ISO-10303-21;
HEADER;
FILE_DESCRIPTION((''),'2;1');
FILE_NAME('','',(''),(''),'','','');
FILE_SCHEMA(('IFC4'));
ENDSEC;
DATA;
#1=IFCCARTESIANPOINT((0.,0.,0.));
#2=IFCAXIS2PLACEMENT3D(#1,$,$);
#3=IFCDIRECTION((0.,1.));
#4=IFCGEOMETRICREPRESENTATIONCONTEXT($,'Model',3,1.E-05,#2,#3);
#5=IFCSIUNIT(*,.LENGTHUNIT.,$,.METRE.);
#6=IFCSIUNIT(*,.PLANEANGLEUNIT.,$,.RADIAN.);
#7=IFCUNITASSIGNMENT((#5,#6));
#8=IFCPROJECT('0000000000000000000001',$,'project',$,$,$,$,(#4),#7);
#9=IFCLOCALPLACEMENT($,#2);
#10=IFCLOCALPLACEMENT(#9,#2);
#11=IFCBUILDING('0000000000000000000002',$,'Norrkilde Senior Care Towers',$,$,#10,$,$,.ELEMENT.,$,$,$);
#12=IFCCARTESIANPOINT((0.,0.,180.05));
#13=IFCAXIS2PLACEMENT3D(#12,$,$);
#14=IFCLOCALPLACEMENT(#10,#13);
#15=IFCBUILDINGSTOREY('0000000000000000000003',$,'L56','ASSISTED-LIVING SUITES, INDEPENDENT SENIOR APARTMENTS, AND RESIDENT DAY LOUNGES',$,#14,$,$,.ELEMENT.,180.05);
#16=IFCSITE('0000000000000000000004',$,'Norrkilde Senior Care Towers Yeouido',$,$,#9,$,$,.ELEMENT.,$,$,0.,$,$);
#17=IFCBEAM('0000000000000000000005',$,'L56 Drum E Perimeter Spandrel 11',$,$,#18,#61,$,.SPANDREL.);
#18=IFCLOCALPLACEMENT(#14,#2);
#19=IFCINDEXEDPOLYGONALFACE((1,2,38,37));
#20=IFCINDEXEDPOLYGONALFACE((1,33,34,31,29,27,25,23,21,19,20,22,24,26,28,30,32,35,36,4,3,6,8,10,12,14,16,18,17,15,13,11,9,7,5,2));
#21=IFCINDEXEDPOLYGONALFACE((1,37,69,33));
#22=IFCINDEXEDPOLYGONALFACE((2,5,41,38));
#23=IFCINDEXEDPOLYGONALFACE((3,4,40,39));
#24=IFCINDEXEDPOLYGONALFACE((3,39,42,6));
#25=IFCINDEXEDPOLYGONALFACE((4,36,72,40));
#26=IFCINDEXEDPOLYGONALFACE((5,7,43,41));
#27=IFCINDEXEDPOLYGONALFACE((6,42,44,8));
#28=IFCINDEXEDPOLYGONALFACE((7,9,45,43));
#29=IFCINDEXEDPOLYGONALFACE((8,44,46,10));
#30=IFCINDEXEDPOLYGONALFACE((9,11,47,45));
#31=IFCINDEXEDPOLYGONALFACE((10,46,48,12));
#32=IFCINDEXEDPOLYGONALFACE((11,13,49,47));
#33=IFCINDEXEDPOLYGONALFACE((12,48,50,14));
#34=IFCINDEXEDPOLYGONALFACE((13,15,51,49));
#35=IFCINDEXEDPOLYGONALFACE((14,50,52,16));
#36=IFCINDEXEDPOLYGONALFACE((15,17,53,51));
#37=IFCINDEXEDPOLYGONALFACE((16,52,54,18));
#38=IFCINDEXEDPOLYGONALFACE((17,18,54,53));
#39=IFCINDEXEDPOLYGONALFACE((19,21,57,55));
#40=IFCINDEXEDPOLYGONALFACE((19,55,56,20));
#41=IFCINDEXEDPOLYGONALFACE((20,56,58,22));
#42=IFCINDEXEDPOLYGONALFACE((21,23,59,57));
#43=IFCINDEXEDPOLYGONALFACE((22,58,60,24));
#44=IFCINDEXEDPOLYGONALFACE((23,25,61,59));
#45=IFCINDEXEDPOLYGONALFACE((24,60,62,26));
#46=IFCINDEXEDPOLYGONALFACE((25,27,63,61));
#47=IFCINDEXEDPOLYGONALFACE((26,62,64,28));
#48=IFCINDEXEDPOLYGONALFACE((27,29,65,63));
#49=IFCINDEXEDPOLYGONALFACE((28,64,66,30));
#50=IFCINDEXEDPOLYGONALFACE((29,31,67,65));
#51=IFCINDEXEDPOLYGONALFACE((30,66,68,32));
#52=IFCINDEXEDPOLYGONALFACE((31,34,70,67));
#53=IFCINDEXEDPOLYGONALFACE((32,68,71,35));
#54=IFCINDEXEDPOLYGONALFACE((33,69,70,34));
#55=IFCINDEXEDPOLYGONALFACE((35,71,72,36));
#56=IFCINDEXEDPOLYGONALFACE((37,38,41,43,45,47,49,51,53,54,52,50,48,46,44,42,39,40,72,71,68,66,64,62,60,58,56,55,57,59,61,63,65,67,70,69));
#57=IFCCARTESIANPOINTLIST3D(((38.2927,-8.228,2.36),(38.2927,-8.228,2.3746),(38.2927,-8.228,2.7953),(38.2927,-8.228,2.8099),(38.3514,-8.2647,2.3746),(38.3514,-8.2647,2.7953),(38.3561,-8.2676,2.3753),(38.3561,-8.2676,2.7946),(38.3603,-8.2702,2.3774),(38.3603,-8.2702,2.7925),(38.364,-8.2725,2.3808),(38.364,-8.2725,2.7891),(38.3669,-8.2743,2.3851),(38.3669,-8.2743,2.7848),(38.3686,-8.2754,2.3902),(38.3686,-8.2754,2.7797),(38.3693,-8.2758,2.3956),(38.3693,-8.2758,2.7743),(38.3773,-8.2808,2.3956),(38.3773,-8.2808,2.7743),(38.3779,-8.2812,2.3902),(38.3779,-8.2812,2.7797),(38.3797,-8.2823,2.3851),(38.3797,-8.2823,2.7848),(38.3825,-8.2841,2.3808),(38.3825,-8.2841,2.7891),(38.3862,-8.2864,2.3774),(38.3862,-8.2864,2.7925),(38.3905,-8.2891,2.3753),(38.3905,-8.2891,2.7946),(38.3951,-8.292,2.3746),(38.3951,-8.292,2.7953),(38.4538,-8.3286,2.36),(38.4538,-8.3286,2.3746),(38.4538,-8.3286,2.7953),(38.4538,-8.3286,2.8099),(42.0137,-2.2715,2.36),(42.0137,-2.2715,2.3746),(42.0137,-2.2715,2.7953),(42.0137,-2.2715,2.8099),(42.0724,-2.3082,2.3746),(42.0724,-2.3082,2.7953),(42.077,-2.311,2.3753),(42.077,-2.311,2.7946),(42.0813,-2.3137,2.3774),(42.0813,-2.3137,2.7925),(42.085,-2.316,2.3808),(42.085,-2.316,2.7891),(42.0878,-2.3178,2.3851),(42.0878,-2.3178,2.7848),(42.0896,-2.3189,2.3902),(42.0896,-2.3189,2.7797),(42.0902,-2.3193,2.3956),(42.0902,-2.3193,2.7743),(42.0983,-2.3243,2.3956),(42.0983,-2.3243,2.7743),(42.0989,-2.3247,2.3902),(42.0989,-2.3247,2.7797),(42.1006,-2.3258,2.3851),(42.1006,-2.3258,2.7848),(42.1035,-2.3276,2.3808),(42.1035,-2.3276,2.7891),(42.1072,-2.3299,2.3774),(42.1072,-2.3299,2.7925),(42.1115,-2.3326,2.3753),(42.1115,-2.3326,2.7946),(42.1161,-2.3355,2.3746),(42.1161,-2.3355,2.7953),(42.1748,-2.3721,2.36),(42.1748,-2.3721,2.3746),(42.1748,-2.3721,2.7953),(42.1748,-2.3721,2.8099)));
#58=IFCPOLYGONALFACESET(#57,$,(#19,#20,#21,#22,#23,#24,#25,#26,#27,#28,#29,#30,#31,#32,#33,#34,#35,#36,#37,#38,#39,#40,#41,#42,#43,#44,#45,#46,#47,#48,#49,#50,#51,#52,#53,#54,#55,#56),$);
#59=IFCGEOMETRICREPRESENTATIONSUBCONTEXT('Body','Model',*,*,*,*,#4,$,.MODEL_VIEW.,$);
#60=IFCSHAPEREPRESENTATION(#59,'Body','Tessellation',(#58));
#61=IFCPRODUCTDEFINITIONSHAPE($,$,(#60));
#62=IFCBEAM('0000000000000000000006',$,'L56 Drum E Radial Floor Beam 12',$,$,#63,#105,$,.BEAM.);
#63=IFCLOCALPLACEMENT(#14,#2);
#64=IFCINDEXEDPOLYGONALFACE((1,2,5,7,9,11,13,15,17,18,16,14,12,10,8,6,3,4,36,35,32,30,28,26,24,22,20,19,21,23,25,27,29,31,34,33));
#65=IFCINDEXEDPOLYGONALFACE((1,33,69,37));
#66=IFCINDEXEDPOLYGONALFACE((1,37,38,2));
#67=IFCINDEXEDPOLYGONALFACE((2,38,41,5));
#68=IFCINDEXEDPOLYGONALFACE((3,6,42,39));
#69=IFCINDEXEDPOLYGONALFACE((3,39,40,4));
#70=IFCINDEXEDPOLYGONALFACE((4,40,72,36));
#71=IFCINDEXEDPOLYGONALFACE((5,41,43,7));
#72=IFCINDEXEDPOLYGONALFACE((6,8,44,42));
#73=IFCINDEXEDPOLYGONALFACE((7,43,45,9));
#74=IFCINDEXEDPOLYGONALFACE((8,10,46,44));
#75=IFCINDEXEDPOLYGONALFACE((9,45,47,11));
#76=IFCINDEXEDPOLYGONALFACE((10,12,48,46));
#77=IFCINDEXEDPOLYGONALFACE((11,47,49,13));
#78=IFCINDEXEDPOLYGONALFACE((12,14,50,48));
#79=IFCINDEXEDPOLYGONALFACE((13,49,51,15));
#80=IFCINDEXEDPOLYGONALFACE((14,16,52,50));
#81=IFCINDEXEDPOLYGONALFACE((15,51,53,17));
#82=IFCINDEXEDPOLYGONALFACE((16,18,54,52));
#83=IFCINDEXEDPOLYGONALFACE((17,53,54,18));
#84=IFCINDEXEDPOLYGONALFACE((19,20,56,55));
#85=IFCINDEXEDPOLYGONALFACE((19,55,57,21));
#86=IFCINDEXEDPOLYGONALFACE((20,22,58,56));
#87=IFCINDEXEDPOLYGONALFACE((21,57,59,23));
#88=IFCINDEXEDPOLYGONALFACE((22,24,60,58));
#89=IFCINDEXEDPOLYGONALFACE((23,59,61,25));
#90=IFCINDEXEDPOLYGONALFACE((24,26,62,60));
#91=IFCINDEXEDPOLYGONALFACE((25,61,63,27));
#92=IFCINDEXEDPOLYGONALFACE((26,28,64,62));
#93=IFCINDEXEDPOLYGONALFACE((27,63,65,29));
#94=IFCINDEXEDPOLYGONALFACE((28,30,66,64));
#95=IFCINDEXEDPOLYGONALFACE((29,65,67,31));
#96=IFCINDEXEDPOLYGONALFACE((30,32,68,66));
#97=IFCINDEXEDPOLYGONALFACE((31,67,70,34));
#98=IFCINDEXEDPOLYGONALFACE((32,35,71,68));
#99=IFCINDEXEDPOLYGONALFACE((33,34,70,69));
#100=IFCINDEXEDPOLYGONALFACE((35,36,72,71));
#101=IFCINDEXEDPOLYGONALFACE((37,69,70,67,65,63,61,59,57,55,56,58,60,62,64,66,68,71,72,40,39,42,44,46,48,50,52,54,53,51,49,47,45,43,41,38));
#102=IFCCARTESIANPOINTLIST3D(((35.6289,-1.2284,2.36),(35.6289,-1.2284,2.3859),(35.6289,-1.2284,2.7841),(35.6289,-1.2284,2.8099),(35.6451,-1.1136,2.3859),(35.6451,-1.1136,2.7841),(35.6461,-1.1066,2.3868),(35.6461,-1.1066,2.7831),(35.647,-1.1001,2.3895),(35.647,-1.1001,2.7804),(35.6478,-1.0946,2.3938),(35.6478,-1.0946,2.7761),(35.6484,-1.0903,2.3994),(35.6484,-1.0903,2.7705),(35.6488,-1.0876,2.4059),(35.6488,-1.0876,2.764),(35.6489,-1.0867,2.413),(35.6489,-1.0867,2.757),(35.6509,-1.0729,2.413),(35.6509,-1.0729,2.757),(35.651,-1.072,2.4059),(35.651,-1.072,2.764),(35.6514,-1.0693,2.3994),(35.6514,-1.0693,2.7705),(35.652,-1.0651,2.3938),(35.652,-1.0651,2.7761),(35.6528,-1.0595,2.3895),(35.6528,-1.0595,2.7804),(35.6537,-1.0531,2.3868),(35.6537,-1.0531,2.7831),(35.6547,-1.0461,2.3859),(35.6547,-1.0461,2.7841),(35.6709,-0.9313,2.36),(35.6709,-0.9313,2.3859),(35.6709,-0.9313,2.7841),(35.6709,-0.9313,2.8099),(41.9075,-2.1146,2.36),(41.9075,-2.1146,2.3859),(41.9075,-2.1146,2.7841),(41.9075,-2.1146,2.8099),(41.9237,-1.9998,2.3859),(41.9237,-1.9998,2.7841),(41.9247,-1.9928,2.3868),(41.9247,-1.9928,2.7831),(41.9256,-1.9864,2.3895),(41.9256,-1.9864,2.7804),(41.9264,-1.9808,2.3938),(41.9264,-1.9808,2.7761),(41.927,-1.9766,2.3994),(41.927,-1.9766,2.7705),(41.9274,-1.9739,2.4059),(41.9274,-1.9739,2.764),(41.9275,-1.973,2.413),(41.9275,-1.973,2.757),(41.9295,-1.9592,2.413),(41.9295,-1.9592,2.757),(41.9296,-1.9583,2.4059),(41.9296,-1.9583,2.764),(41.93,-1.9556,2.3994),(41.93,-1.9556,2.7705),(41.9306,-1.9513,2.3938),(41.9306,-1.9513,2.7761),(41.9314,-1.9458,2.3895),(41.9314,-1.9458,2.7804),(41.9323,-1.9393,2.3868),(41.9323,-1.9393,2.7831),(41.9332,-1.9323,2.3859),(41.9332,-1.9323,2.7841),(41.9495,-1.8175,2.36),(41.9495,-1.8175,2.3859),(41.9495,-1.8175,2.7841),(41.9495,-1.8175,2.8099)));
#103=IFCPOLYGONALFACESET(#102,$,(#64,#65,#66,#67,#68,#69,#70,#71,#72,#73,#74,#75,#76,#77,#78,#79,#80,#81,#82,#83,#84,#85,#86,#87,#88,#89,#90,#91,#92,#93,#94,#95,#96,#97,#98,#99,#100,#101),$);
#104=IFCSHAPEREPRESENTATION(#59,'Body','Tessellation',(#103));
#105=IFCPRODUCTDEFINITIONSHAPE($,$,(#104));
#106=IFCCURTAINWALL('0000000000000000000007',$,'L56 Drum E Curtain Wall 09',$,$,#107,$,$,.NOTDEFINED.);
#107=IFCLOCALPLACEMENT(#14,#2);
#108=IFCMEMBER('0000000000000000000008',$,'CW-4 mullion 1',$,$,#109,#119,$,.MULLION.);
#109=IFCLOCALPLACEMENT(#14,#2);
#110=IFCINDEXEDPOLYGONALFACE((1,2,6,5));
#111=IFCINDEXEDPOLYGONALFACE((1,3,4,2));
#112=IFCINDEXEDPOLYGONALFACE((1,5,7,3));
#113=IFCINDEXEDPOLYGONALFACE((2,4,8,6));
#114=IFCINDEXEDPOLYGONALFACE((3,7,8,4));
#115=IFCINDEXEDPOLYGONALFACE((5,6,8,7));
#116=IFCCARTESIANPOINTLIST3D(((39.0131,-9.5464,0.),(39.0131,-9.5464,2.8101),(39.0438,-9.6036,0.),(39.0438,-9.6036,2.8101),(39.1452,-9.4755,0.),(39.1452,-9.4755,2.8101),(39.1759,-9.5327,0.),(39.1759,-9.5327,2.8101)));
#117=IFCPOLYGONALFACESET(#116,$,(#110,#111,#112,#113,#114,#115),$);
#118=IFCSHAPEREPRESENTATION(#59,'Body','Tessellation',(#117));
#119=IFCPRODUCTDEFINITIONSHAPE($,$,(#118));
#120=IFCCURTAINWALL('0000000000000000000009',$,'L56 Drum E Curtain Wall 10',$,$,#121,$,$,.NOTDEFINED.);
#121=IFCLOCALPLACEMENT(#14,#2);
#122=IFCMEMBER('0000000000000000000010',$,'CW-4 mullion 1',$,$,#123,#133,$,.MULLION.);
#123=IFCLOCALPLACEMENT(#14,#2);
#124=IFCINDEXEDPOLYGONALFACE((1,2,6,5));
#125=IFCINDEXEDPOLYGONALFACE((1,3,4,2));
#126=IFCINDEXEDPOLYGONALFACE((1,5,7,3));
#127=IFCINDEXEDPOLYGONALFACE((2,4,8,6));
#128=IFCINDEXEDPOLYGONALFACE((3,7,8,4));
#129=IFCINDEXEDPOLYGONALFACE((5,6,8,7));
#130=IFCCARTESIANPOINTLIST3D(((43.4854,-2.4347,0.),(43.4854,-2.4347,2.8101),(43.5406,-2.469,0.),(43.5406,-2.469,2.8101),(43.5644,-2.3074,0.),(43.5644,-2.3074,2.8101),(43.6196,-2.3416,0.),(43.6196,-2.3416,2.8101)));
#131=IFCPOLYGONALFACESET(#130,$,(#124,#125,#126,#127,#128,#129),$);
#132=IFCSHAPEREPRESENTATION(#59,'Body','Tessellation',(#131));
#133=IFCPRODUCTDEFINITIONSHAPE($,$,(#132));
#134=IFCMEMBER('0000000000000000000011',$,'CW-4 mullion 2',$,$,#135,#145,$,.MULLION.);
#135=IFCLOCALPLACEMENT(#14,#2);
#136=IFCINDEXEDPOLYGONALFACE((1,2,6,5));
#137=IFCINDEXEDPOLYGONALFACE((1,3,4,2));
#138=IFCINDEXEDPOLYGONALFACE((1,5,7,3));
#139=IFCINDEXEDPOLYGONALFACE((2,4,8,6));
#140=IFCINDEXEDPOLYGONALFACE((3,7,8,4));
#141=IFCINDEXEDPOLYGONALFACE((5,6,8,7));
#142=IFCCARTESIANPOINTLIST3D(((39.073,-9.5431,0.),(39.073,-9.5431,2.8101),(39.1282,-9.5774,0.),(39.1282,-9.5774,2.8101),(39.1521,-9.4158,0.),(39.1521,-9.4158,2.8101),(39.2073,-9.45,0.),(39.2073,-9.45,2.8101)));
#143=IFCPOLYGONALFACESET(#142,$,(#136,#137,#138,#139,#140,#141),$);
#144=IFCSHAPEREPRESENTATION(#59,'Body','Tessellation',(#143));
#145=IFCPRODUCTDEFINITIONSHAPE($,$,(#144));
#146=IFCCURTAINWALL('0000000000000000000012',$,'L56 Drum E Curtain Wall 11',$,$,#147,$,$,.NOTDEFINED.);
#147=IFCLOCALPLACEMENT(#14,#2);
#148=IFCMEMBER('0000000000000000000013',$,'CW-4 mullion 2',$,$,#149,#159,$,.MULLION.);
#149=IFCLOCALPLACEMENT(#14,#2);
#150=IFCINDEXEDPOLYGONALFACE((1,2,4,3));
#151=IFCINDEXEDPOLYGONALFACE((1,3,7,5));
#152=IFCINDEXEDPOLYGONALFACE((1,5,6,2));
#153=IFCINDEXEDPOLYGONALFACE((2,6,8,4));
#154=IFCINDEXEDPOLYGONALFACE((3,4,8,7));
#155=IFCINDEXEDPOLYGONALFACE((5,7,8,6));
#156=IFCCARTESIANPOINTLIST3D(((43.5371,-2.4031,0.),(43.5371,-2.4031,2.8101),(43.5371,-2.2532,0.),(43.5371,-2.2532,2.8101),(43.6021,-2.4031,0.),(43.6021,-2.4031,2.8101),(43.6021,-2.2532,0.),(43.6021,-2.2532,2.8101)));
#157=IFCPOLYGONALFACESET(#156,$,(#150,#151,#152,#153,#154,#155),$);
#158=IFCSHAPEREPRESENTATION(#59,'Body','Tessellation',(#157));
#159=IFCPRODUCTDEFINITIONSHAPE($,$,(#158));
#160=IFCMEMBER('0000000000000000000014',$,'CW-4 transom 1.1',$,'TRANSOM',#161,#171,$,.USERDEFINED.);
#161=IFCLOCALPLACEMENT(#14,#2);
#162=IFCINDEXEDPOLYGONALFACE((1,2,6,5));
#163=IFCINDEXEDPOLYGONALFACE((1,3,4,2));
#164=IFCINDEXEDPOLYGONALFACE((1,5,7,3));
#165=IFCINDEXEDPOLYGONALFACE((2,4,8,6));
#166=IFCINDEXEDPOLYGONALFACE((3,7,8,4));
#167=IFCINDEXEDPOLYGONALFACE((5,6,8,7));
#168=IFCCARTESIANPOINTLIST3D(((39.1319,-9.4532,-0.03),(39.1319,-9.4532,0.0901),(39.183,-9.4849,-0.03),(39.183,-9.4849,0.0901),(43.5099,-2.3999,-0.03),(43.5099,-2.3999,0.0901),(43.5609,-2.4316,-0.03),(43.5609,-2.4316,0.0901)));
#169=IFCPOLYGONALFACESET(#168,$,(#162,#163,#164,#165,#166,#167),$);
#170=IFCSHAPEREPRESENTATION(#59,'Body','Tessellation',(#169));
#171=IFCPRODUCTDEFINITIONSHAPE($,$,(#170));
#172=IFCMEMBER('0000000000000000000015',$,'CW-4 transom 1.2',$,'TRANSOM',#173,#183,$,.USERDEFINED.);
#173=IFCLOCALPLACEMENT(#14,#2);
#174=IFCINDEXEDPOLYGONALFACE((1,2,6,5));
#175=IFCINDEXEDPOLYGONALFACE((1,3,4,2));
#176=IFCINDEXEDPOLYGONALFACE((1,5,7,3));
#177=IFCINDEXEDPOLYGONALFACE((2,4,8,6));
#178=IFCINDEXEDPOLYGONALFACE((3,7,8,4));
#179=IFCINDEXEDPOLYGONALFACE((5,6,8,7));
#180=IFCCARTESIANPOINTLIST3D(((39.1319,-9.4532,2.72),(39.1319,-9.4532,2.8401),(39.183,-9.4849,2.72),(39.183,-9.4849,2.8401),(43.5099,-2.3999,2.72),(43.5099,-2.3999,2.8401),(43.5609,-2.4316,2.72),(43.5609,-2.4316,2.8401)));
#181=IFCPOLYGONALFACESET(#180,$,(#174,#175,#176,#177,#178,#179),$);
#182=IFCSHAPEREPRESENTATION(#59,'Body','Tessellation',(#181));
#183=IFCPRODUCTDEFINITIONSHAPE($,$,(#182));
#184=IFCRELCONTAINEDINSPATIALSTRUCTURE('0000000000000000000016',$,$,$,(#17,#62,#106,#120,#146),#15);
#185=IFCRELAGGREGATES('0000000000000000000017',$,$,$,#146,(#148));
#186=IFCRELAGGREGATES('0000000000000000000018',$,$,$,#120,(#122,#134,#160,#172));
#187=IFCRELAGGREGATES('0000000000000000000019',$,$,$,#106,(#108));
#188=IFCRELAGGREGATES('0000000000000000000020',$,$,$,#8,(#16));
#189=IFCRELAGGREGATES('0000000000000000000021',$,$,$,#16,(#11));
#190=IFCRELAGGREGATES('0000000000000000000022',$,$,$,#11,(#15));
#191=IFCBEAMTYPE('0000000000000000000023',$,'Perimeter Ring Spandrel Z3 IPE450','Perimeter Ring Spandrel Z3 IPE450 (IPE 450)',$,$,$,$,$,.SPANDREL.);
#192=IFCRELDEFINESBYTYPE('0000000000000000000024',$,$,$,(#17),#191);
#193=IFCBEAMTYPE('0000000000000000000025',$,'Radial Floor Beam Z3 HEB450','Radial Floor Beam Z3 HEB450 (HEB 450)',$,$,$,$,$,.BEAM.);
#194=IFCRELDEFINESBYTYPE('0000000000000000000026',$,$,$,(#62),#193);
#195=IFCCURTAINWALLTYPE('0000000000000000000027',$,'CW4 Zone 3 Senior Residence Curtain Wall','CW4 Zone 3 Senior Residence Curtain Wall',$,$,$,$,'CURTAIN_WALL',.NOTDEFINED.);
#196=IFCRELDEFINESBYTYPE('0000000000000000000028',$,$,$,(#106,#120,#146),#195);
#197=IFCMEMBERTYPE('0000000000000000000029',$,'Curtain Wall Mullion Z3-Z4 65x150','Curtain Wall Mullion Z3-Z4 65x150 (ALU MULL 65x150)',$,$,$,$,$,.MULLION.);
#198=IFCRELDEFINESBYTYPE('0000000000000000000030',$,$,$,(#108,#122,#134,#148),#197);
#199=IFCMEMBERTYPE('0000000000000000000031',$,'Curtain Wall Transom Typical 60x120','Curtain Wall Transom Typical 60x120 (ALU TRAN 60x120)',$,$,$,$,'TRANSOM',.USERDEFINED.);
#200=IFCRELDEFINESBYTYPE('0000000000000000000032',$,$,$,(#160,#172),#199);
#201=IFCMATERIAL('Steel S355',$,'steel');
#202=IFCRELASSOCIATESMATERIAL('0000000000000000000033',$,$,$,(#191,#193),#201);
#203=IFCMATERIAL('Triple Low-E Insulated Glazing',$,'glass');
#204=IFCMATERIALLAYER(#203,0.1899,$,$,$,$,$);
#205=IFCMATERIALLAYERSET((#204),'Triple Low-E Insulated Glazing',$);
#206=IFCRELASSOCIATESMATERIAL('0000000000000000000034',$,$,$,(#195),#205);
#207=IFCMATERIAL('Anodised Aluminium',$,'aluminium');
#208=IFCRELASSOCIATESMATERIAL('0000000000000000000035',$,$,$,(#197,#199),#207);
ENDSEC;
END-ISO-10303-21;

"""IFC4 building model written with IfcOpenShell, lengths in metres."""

from ifc_helpers import new_model, si_unit, direction, frame, origin, origin_2d, place, context, subcontext, project, spatial, rectangle, i_section, extrude, source, transform, mapped, material, layer, layer_set, material_profile, profile_set, type_object, type_shapes, element, aggregate, save


model = new_model("IFC4")

# Units and contexts
model_context = context("Model", 3, precision=1e-05, world=origin(), true_north=direction((0.0, 1.0)))
body_context = subcontext(model_context, "Body", "Model", "MODEL_VIEW")
ifc_project = project(units=[si_unit("LENGTHUNIT", "METRE"), si_unit("PLANEANGLEUNIT", "RADIAN")], contexts=[model_context])

# Site, building, storey
site_placement = place(None, origin())
site = spatial("IfcSite", under=ifc_project, at=site_placement, Name="Norrkilde Senior Care Towers Yeouido", CompositionType="ELEMENT", RefElevation=0.0)
building_placement = place(site_placement, origin())
building = spatial("IfcBuilding", under=site, at=building_placement, Name="Norrkilde Senior Care Towers", CompositionType="ELEMENT")
storey_placement = place(building_placement, frame((0.0, 0.0, 180.05)))
storey = spatial("IfcBuildingStorey", under=building, at=storey_placement, Name="L56", Description="ASSISTED-LIVING SUITES, INDEPENDENT SENIOR APARTMENTS, AND RESIDENT DAY LOUNGES", CompositionType="ELEMENT", Elevation=180.05)

# Beams
ifc_material_1 = material(Name="Steel S355", Category="steel")
ifc_material_profile_1 = material_profile(ifc_material_1, i_section(OverallWidth=0.1899, OverallDepth=0.45, WebThickness=0.0095, FlangeThickness=0.0146, FilletRadius=0.021, at=origin_2d()), Name="IPE 450")
ifc_profile_set_1 = profile_set([ifc_material_profile_1], Name="Steel S355")
beam_type_1 = type_object("IfcBeamType", Name="Perimeter Ring Spandrel Z3 IPE450", Description="Perimeter Ring Spandrel Z3 IPE450 (IPE 450)", PredefinedType="SPANDREL", material=ifc_profile_set_1)
shared_shape_1 = source(origin(), body_context, "Body", "SweptSolid", [
    extrude(i_section(OverallWidth=0.1899, OverallDepth=0.45, WebThickness=0.0095, FlangeThickness=0.0146, FilletRadius=0.021, at=origin_2d()), origin(), (0.0, 0.0, 1.0), 7.0232),
])
beam_1_placement = place(storey_placement, frame((38.3733, -8.2783, 2.585), z_axis=(0.529805, 0.848119, 0.0), x_axis=(-0.848119, 0.529805, 0.0)))
element("IfcBeam", 1, at=beam_1_placement, inside=storey, type_object=beam_type_1, Name="L56 Drum E Perimeter Spandrel 11", PredefinedType="SPANDREL", context=body_context, shape_type="MappedRepresentation", body=[
    mapped(shared_shape_1, transform((0.0, 0.0, 0.0), x_axis=(1.0, 0.0, 0.0), y_axis=(0.0, 1.0, 0.0), z_axis=(0.0, 0.0, 1.0), scale=1.0)),
])
ifc_material_profile_2 = material_profile(ifc_material_1, i_section(OverallWidth=0.3, OverallDepth=0.45, WebThickness=0.0139, FlangeThickness=0.0259, FilletRadius=0.0271, at=origin_2d()), Name="HEB 450")
ifc_profile_set_2 = profile_set([ifc_material_profile_2], Name="Steel S355")
beam_type_2 = type_object("IfcBeamType", Name="Radial Floor Beam Z3 HEB450", Description="Radial Floor Beam Z3 HEB450 (HEB 450)", PredefinedType="BEAM", material=ifc_profile_set_2)
shared_shape_2 = source(origin(), body_context, "Body", "SweptSolid", [
    extrude(i_section(OverallWidth=0.3, OverallDepth=0.45, WebThickness=0.0139, FlangeThickness=0.0259, FilletRadius=0.0271, at=origin_2d()), origin(), (0.0, 0.0, 1.0), 6.3408),
])
type_shapes(beam_type_2, [shared_shape_2])
beam_2_placement = place(storey_placement, frame((35.6499, -1.0798, 2.585), z_axis=(0.990185, -0.139766, 0.0), x_axis=(0.139766, 0.990185, 0.0)))
element("IfcBeam", 2, at=beam_2_placement, inside=storey, type_object=beam_type_2, Name="L56 Drum E Radial Floor Beam 12", PredefinedType="BEAM", context=body_context, shape_type="MappedRepresentation", body=[
    mapped(shared_shape_2, transform((0.0, 0.0, 0.0), x_axis=(1.0, 0.0, 0.0), y_axis=(0.0, 1.0, 0.0), z_axis=(0.0, 0.0, 1.0), scale=1.0)),
])

# Curtain wall, member
ifc_material_2 = material(Name="Triple Low-E Insulated Glazing", Category="glass")
ifc_layer_1 = layer(ifc_material_2, 0.1899)
ifc_layer_set_1 = layer_set([ifc_layer_1], Name="Triple Low-E Insulated Glazing")
curtain_wall_type = type_object("IfcCurtainWallType", Name="CW4 Zone 3 Senior Residence Curtain Wall", Description="CW4 Zone 3 Senior Residence Curtain Wall", ElementType="CURTAIN_WALL", PredefinedType="NOTDEFINED", material=ifc_layer_set_1)
curtain_wall_1_placement = place(storey_placement, origin())
curtain_wall_1 = element("IfcCurtainWall", 3, at=curtain_wall_1_placement, inside=storey, type_object=curtain_wall_type, Name="L56 Drum E Curtain Wall 09", PredefinedType="NOTDEFINED")
ifc_material_3 = material(Name="Anodised Aluminium", Category="aluminium")
ifc_material_profile_3 = material_profile(ifc_material_3, rectangle(XDim=0.0649, YDim=0.1499, at=origin_2d()), Name="ALU MULL 65x150")
ifc_profile_set_3 = profile_set([ifc_material_profile_3], Name="Anodised Aluminium")
member_type_1 = type_object("IfcMemberType", Name="Curtain Wall Mullion Z3-Z4 65x150", Description="Curtain Wall Mullion Z3-Z4 65x150 (ALU MULL 65x150)", PredefinedType="MULLION", material=ifc_profile_set_3)
shared_shape_3 = source(origin(), body_context, "Body", "SweptSolid", [
    extrude(rectangle(XDim=0.0649, YDim=0.1499, at=origin_2d()), origin(), (0.0, 0.0, 1.0), 2.8101),
])
type_shapes(member_type_1, [shared_shape_3])
member_1_placement = place(storey_placement, frame((39.0945, -9.5396, 0.0), z_axis=(0.0, 0.0, 1.0), x_axis=(0.473117, -0.881, 0.0)))
member_1 = element("IfcMember", 4, at=member_1_placement, type_object=member_type_1, Name="CW-4 mullion 1", PredefinedType="MULLION", context=body_context, shape_type="MappedRepresentation", body=[
    mapped(shared_shape_3, transform((0.0, 0.0, 0.0), x_axis=(1.0, 0.0, 0.0), y_axis=(0.0, 1.0, 0.0), z_axis=(0.0, 0.0, 1.0), scale=1.0)),
])

# Curtain wall, members
curtain_wall_2_placement = place(storey_placement, origin())
curtain_wall_2 = element("IfcCurtainWall", 5, at=curtain_wall_2_placement, inside=storey, type_object=curtain_wall_type, Name="L56 Drum E Curtain Wall 10", PredefinedType="NOTDEFINED")
member_2_placement = place(storey_placement, frame((43.5525, -2.3882, 0.0), z_axis=(0.0, 0.0, 1.0), x_axis=(0.849634, -0.527373, 0.0)))
member_2 = element("IfcMember", 6, at=member_2_placement, type_object=member_type_1, Name="CW-4 mullion 1", PredefinedType="MULLION", context=body_context, shape_type="MappedRepresentation", body=[
    mapped(shared_shape_3, transform((0.0, 0.0, 0.0), x_axis=(1.0, 0.0, 0.0), y_axis=(0.0, 1.0, 0.0), z_axis=(0.0, 0.0, 1.0), scale=1.0)),
])
member_3_placement = place(storey_placement, frame((39.1401, -9.4966, 0.0), z_axis=(0.0, 0.0, 1.0), x_axis=(0.849634, -0.527373, 0.0)))
member_3 = element("IfcMember", 7, at=member_3_placement, type_object=member_type_1, Name="CW-4 mullion 2", PredefinedType="MULLION", context=body_context, shape_type="MappedRepresentation", body=[
    mapped(shared_shape_3, transform((0.0, 0.0, 0.0), x_axis=(1.0, 0.0, 0.0), y_axis=(0.0, 1.0, 0.0), z_axis=(0.0, 0.0, 1.0), scale=1.0)),
])

# Curtain wall, member
curtain_wall_3_placement = place(storey_placement, origin())
curtain_wall_3 = element("IfcCurtainWall", 8, at=curtain_wall_3_placement, inside=storey, type_object=curtain_wall_type, Name="L56 Drum E Curtain Wall 11", PredefinedType="NOTDEFINED")
member_4_placement = place(storey_placement, frame((43.5696, -2.3281, 0.0), z_axis=(0.0, 0.0, 1.0), x_axis=(1.0, 0.0, 0.0)))
member_4 = element("IfcMember", 9, at=member_4_placement, type_object=member_type_1, Name="CW-4 mullion 2", PredefinedType="MULLION", context=body_context, shape_type="MappedRepresentation", body=[
    mapped(shared_shape_3, transform((0.0, 0.0, 0.0), x_axis=(1.0, 0.0, 0.0), y_axis=(0.0, 1.0, 0.0), z_axis=(0.0, 0.0, 1.0), scale=1.0)),
])
aggregate(curtain_wall_3, [member_4])

# Members
ifc_material_profile_4 = material_profile(ifc_material_3, rectangle(XDim=0.0601, YDim=0.1201, at=origin_2d()), Name="ALU TRAN 60x120")
ifc_profile_set_4 = profile_set([ifc_material_profile_4], Name="Anodised Aluminium")
member_type_2 = type_object("IfcMemberType", Name="Curtain Wall Transom Typical 60x120", Description="Curtain Wall Transom Typical 60x120 (ALU TRAN 60x120)", ElementType="TRANSOM", PredefinedType="USERDEFINED", material=ifc_profile_set_4)
shared_shape_4 = source(origin(), body_context, "Body", "SweptSolid", [
    extrude(rectangle(XDim=0.0601, YDim=0.1201, at=origin_2d()), origin(), (0.0, 0.0, 1.0), 8.3015),
])
member_5_placement = place(storey_placement, frame((43.5354, -2.4158, 0.03), z_axis=(-0.527369, -0.849637, 0.0), x_axis=(0.849637, -0.527369, 0.0)))
member_5 = element("IfcMember", 10, at=member_5_placement, type_object=member_type_2, Name="CW-4 transom 1.1", ObjectType="TRANSOM", PredefinedType="USERDEFINED", context=body_context, shape_type="MappedRepresentation", body=[
    mapped(shared_shape_4, transform((0.0, 0.0, 0.0), x_axis=(1.0, 0.0, 0.0), y_axis=(0.0, 1.0, 0.0), z_axis=(0.0, 0.0, 1.0), scale=1.0)),
])
member_6_placement = place(storey_placement, frame((43.5354, -2.4158, 2.78), z_axis=(-0.527369, -0.849637, 0.0), x_axis=(0.849637, -0.527369, 0.0)))
member_6 = element("IfcMember", 11, at=member_6_placement, type_object=member_type_2, Name="CW-4 transom 1.2", ObjectType="TRANSOM", PredefinedType="USERDEFINED", context=body_context, shape_type="MappedRepresentation", body=[
    mapped(shared_shape_4, transform((0.0, 0.0, 0.0), x_axis=(1.0, 0.0, 0.0), y_axis=(0.0, 1.0, 0.0), z_axis=(0.0, 0.0, 1.0), scale=1.0)),
])

aggregate(curtain_wall_2, [member_2, member_3, member_5, member_6])
aggregate(curtain_wall_1, [member_1])

save(model, "model.ifc")
